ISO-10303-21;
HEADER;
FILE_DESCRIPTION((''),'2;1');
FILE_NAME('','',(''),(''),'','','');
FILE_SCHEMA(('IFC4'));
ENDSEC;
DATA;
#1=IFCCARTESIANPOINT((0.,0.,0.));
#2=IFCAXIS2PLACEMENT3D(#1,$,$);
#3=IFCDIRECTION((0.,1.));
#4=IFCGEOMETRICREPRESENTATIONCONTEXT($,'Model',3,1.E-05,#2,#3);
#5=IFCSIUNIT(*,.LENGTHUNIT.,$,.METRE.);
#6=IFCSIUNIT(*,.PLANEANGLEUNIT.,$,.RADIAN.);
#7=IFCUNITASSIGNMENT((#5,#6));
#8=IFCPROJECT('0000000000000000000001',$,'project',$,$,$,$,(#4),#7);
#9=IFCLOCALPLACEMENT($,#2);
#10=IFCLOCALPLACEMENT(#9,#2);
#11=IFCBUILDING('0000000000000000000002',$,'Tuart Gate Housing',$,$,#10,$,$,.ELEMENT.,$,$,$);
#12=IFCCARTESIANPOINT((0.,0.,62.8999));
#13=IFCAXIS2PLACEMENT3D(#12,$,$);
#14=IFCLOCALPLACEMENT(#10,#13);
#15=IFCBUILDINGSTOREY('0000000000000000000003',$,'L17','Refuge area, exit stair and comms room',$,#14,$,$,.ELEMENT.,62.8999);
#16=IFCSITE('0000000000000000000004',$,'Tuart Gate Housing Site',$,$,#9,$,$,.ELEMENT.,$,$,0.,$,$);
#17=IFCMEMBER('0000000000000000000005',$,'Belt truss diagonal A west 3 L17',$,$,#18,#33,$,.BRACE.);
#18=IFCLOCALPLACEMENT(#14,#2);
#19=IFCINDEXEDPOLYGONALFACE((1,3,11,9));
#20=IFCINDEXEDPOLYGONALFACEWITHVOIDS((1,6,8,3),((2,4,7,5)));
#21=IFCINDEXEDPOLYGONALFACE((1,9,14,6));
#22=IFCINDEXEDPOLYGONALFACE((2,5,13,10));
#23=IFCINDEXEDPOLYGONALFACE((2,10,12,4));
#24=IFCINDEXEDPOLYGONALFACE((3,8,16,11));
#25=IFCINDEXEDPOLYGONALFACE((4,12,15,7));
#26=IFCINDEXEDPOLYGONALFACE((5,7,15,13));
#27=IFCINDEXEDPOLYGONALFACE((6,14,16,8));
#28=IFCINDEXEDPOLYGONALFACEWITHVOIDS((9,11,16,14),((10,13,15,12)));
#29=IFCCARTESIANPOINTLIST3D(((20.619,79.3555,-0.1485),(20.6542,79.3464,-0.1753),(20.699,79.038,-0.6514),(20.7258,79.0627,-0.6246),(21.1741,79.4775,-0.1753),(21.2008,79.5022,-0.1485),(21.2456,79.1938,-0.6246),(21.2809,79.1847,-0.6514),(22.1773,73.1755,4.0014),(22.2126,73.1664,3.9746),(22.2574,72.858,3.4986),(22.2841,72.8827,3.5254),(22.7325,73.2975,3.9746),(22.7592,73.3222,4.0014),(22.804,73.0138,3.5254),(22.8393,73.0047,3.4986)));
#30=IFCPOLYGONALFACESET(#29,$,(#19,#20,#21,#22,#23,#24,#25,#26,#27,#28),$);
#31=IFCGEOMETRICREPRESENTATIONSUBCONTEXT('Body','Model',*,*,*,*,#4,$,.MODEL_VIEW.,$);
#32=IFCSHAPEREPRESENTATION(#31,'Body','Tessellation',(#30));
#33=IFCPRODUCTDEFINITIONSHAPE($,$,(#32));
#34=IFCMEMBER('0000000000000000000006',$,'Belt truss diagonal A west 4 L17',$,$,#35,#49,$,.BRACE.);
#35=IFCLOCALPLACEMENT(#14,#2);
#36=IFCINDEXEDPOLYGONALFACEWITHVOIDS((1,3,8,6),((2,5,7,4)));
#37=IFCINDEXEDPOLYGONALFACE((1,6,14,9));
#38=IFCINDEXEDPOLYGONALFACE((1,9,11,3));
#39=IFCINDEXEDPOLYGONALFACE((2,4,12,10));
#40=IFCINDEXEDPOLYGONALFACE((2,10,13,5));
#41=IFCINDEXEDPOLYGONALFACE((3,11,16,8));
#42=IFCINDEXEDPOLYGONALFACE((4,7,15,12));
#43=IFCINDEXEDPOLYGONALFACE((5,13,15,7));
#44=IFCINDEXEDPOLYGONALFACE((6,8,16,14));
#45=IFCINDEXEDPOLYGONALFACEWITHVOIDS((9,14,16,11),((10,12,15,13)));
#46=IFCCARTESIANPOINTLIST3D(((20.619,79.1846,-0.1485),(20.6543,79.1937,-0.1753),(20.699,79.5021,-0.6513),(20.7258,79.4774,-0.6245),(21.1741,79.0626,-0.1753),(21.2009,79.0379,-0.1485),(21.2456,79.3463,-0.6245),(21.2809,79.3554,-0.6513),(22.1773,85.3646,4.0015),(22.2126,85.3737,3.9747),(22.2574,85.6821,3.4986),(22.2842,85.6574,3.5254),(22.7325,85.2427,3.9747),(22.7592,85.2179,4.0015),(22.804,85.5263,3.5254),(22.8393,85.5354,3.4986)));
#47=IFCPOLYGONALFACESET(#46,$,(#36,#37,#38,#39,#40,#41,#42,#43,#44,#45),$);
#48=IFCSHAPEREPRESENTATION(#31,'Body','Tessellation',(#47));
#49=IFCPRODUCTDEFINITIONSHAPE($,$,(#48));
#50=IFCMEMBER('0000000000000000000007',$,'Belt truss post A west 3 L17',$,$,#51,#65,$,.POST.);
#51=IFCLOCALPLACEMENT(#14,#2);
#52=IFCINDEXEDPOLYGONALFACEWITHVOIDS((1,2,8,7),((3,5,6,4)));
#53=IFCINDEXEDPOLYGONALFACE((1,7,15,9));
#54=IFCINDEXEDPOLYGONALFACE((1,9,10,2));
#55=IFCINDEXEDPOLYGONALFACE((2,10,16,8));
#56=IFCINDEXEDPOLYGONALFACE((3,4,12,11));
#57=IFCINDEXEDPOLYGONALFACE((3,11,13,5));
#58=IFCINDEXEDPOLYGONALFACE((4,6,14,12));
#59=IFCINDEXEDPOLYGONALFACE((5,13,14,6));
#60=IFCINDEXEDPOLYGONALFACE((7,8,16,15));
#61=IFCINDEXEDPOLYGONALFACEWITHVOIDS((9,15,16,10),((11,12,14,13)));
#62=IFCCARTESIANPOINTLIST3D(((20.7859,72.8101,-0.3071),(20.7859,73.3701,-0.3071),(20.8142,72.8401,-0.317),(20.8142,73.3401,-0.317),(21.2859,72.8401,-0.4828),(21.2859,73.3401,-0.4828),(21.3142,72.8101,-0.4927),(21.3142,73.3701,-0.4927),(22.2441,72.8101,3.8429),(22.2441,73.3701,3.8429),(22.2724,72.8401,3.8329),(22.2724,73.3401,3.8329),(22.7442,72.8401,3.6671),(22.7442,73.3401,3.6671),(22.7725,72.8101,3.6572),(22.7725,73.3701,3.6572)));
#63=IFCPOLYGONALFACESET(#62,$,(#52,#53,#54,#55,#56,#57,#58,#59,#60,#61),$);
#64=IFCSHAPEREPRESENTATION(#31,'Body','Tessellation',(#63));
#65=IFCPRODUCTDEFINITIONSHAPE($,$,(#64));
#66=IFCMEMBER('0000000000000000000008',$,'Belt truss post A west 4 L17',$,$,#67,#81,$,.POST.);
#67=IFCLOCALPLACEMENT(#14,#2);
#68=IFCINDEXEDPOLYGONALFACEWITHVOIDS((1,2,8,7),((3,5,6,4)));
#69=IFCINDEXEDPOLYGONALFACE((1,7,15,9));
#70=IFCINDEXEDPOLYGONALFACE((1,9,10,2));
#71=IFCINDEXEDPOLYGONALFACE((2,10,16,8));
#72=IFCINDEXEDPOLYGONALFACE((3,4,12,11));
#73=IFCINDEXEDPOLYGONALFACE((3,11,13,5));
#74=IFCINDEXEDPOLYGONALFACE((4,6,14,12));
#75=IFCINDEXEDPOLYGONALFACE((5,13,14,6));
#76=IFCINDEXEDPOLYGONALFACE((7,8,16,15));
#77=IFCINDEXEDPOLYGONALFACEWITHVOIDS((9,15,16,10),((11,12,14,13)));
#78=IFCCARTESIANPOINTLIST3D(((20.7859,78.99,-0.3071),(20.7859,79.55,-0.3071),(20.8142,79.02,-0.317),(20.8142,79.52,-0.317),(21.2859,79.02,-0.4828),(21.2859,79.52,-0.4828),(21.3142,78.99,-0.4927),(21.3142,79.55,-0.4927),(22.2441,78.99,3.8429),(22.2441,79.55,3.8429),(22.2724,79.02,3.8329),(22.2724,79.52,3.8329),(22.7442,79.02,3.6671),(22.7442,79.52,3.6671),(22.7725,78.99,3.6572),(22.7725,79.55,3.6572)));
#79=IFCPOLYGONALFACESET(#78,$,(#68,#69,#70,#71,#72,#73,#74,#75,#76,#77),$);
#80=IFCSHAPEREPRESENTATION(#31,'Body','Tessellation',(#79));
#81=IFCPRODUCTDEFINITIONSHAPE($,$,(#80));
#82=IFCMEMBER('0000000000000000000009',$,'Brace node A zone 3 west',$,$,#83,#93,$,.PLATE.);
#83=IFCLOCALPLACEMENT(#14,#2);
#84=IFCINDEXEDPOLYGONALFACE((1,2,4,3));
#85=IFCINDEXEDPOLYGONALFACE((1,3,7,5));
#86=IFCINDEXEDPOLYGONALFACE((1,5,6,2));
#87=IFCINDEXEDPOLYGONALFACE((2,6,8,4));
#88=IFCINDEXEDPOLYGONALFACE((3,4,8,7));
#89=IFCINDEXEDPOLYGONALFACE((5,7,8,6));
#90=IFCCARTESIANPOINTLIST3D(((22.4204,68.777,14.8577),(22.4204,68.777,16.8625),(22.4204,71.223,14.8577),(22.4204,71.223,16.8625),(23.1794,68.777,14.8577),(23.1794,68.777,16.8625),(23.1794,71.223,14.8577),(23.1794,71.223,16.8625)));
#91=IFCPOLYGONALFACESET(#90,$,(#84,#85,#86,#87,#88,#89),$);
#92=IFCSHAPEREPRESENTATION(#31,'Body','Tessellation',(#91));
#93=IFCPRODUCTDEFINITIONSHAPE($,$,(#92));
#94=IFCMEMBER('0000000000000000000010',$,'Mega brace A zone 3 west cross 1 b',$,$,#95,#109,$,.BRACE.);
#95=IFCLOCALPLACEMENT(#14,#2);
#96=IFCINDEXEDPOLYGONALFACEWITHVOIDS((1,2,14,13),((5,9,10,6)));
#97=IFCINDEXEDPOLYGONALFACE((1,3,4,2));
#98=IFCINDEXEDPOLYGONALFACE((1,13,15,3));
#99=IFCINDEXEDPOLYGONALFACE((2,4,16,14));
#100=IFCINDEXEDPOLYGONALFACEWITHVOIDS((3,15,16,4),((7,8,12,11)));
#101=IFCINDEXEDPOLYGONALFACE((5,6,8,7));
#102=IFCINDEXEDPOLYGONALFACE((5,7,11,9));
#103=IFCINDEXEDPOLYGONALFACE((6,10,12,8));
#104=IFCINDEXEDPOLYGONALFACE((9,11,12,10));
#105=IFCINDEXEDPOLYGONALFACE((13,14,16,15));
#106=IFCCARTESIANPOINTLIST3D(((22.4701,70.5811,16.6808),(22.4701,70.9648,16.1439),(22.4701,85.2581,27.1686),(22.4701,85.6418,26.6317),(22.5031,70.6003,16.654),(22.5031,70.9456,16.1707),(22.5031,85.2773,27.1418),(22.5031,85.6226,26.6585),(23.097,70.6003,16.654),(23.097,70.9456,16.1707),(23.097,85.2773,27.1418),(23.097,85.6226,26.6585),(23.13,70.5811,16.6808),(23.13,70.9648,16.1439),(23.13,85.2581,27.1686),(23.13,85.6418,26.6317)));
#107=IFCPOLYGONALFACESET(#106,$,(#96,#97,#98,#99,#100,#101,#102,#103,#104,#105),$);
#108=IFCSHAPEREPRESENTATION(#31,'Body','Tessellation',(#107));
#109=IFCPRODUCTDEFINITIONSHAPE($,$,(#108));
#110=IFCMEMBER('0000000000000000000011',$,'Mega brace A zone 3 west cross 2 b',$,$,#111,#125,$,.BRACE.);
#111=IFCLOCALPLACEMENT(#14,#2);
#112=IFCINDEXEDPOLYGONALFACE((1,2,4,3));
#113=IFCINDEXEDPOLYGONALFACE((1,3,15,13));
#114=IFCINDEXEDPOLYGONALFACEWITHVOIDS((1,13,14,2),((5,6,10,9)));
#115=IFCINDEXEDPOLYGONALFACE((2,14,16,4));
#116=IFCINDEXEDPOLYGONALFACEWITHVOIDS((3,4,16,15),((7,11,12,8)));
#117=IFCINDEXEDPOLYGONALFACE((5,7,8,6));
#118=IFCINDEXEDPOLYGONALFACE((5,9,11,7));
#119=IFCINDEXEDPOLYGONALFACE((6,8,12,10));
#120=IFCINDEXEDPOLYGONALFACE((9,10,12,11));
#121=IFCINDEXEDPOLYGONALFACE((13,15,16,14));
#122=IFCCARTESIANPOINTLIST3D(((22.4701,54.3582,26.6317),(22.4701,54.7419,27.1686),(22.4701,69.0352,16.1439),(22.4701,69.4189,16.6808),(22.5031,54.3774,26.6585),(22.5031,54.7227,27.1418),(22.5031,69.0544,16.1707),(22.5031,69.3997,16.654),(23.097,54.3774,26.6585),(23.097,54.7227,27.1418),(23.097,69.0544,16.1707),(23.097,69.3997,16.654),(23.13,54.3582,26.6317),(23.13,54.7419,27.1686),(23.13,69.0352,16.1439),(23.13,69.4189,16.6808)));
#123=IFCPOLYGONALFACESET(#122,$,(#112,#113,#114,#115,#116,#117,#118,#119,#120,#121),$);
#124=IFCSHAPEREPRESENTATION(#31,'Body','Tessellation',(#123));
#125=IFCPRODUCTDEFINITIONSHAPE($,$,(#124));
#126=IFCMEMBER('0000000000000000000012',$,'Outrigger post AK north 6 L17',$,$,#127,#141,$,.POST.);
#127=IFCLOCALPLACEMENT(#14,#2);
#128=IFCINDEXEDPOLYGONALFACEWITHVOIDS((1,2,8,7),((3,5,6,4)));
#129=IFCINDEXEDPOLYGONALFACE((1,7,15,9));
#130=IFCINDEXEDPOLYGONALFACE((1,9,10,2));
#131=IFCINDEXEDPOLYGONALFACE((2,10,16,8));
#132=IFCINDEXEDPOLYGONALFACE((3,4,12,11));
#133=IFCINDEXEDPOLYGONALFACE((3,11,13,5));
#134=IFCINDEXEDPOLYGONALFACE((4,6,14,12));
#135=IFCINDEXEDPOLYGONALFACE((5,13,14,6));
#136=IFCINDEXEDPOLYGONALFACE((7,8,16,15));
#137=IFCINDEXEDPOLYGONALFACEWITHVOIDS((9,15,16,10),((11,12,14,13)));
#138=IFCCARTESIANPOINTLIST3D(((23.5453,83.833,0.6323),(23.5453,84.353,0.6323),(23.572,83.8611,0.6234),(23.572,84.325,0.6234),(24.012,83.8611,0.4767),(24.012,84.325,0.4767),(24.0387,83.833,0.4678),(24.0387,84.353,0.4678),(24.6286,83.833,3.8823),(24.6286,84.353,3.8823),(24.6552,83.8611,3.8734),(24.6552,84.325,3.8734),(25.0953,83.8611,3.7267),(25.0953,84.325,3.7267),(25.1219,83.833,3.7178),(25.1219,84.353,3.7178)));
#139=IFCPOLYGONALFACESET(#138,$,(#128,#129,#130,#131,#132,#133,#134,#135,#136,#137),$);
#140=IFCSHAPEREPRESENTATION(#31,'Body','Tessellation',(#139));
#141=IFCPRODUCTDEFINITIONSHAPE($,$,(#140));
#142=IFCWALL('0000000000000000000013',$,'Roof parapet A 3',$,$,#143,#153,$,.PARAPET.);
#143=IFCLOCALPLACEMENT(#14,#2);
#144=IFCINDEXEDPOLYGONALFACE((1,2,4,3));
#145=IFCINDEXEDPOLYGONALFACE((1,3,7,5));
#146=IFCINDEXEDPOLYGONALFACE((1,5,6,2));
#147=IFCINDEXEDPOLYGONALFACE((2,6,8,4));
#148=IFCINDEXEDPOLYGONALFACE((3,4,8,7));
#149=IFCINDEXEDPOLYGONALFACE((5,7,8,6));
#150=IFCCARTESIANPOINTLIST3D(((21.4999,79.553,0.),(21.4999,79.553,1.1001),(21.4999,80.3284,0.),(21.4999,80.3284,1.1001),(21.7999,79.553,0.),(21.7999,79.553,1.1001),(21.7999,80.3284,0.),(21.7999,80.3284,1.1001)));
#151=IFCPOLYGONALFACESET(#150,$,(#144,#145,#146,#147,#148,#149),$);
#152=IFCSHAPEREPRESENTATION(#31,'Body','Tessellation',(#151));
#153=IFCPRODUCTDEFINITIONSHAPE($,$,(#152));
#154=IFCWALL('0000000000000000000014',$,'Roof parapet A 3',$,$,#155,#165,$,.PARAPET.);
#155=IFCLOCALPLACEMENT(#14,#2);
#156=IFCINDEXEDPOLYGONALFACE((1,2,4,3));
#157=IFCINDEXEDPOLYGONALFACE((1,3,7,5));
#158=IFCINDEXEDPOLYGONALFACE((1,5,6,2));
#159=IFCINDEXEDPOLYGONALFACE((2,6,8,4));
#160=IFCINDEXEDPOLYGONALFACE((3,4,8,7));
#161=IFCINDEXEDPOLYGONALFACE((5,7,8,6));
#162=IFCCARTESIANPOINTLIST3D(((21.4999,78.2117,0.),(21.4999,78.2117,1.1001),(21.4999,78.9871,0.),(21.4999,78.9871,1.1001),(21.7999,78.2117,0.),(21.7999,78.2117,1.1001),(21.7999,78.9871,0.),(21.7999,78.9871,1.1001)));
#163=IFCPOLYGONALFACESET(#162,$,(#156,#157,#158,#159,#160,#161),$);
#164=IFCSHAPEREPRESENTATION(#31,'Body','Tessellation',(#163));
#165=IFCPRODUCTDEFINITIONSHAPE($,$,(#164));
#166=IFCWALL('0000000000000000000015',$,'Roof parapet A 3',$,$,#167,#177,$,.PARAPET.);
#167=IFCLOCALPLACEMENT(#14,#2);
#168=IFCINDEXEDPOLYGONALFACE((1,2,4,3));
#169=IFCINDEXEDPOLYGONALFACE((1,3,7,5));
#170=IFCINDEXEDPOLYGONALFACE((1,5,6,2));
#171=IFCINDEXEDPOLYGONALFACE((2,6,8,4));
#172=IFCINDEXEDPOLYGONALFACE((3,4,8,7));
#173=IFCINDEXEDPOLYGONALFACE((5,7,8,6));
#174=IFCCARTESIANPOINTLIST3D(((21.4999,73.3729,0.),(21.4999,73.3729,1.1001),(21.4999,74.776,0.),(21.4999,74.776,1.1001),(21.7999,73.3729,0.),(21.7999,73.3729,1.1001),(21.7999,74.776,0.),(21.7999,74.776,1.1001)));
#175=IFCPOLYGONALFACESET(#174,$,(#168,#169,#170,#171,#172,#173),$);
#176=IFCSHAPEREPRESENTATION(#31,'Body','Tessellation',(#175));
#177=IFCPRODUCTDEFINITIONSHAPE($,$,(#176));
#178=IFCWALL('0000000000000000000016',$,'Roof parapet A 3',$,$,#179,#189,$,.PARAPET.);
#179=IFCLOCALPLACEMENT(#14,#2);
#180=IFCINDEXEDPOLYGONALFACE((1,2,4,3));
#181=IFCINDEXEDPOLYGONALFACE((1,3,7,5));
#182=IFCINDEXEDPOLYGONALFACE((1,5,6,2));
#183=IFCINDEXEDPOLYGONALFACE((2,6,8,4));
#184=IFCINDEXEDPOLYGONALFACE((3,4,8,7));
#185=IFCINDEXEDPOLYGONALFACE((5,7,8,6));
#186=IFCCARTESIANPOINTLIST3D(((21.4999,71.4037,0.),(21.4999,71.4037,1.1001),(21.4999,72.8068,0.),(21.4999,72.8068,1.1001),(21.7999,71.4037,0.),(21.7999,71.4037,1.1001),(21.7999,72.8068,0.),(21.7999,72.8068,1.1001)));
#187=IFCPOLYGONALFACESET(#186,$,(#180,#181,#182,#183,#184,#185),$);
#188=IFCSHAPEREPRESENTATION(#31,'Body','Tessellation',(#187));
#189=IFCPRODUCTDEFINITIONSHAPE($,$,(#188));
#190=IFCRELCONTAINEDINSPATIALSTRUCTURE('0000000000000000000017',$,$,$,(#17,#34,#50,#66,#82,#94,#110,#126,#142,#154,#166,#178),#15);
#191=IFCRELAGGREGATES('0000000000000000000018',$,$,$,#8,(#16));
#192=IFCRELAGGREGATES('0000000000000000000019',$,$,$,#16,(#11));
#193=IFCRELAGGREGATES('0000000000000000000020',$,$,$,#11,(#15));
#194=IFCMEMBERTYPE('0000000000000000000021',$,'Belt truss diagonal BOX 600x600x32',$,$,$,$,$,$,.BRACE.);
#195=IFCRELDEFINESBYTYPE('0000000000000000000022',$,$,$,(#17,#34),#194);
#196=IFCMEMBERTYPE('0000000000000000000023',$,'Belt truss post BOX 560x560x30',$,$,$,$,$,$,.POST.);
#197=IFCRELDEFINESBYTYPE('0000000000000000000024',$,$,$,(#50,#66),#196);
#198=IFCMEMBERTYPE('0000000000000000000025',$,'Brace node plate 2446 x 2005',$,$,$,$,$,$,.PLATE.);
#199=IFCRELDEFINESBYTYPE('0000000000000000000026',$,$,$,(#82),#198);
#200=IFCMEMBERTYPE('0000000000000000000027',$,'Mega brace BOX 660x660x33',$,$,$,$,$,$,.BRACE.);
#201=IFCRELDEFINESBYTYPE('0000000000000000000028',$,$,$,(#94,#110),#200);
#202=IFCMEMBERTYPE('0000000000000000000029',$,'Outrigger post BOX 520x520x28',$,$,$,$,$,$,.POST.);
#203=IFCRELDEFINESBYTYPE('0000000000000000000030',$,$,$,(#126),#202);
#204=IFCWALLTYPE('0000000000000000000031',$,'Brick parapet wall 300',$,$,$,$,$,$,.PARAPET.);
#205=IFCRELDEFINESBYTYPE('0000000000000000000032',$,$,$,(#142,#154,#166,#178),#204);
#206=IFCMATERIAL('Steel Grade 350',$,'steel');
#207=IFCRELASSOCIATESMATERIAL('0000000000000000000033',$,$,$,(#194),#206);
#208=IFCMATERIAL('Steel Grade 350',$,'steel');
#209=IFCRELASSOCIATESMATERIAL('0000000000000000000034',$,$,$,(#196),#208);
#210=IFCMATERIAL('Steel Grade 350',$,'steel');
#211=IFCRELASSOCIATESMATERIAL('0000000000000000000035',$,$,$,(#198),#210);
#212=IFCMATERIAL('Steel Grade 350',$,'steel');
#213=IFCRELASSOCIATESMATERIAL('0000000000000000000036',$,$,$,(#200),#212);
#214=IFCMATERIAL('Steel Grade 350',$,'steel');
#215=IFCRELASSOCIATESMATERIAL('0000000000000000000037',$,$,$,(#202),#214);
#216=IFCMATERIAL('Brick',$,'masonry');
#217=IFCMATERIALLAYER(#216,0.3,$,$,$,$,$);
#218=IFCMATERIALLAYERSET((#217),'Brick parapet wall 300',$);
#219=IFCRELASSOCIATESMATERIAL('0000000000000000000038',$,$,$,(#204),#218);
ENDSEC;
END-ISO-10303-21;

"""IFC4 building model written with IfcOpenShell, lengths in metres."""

from ifc_helpers import new_model, si_unit, direction, frame, frame_2d, origin, origin_2d, place, context, subcontext, project, spatial, rectangle, hollow_rectangle, extrude, material, layer, layer_set, material_profile, profile_set, type_object, element, save


model = new_model("IFC4")

# Units and contexts
model_context = context("Model", 3, precision=1e-05, world=origin(), true_north=direction((0.0, 1.0)))
body_context = subcontext(model_context, "Body", "Model", "MODEL_VIEW")
ifc_project = project(units=[si_unit("LENGTHUNIT", "METRE"), si_unit("PLANEANGLEUNIT", "RADIAN")], contexts=[model_context])

# Site, building, storey
site_placement = place(None, origin())
site = spatial("IfcSite", under=ifc_project, at=site_placement, Name="Tuart Gate Housing Site", CompositionType="ELEMENT", RefElevation=0.0)
building_placement = place(site_placement, origin())
building = spatial("IfcBuilding", under=site, at=building_placement, Name="Tuart Gate Housing", CompositionType="ELEMENT")
storey_placement = place(building_placement, frame((0.0, 0.0, 62.8999)))
storey = spatial("IfcBuildingStorey", under=building, at=storey_placement, Name="L17", Description="Refuge area, exit stair and comms room", CompositionType="ELEMENT", Elevation=62.8999)

# Members
ifc_material_1 = material(Name="Steel Grade 350", Category="steel")
ifc_material_profile_1 = material_profile(ifc_material_1, hollow_rectangle(XDim=0.6001, YDim=0.6001, WallThickness=0.032, at=origin_2d()), Name="BOX 600x600x32")
ifc_profile_set_1 = profile_set([ifc_material_profile_1], Name="Steel Grade 350")
member_type_1 = type_object("IfcMemberType", Name="Belt truss diagonal BOX 600x600x32", PredefinedType="BRACE", material=ifc_profile_set_1)
for number, where, z_axis, x_axis, name in (
    (1, (22.5083, 73.0901, 3.75), (-0.204901, 0.812574, -0.545654), (-0.969647, -0.244509, 0.0), "Belt truss diagonal A west 3 L17"),
    (2, (20.95, 79.27, -0.3999), (0.204901, 0.812574, 0.545654), (-0.969647, 0.244509, 0.0), "Belt truss diagonal A west 4 L17"),
):
    element("IfcMember", number, at=place(storey_placement, frame(where, z_axis=z_axis, x_axis=x_axis)), inside=storey, type_object=member_type_1, Name=name, PredefinedType="BRACE", context=body_context, shape_type="SweptSolid", body=[
        extrude(hollow_rectangle(XDim=0.6001, YDim=0.6001, WallThickness=0.032, at=origin_2d()), origin(), (0.0, 0.0, 1.0), 7.6055),
    ])
ifc_material_2 = material(Name="Steel Grade 350", Category="steel")
ifc_material_profile_2 = material_profile(ifc_material_2, hollow_rectangle(XDim=0.5601, YDim=0.5601, WallThickness=0.03, at=origin_2d()), Name="BOX 560x560x30")
ifc_profile_set_2 = profile_set([ifc_material_profile_2], Name="Steel Grade 350")
member_type_2 = type_object("IfcMemberType", Name="Belt truss post BOX 560x560x30", PredefinedType="POST", material=ifc_profile_set_2)
for number, where, z_axis, x_axis, name in (
    (3, (21.05, 73.0901, -0.3999), (0.331522, 0.0, 0.943447), (0.0, 1.0, 0.0), "Belt truss post A west 3 L17"),
    (4, (21.05, 79.27, -0.3999), (0.331522, 0.0, 0.943447), (0.0, 1.0, 0.0), "Belt truss post A west 4 L17"),
):
    element("IfcMember", number, at=place(storey_placement, frame(where, z_axis=z_axis, x_axis=x_axis)), inside=storey, type_object=member_type_2, Name=name, PredefinedType="POST", context=body_context, shape_type="SweptSolid", body=[
        extrude(hollow_rectangle(XDim=0.5601, YDim=0.5601, WallThickness=0.03, at=origin_2d()), origin(), (0.0, 0.0, 1.0), 4.3987),
    ])
ifc_material_3 = material(Name="Steel Grade 350", Category="steel")
ifc_material_profile_3 = material_profile(ifc_material_3, rectangle(XDim=2.446, YDim=2.0049, at=origin_2d()), Name="Brace node plate 2446 x 2005")
ifc_profile_set_3 = profile_set([ifc_material_profile_3], Name="Steel Grade 350")
member_type_3 = type_object("IfcMemberType", Name="Brace node plate 2446 x 2005", PredefinedType="PLATE", material=ifc_profile_set_3)
member_1_placement = place(storey_placement, frame((22.4204, 70.0, 15.8601), z_axis=(1.0, 0.0, 0.0), x_axis=(0.0, 1.0, 0.0)))
element("IfcMember", 5, at=member_1_placement, inside=storey, type_object=member_type_3, Name="Brace node A zone 3 west", PredefinedType="PLATE", context=body_context, shape_type="SweptSolid", body=[
    extrude(rectangle(XDim=2.446, YDim=2.0049, at=origin_2d()), origin(), (0.0, 0.0, 1.0), 0.759),
])
ifc_material_4 = material(Name="Steel Grade 350", Category="steel")
ifc_material_profile_4 = material_profile(ifc_material_4, hollow_rectangle(XDim=0.6599, YDim=0.6599, WallThickness=0.033, at=origin_2d()), Name="BOX 660x660x33")
ifc_profile_set_4 = profile_set([ifc_material_profile_4], Name="Steel Grade 350")
member_type_4 = type_object("IfcMemberType", Name="Mega brace BOX 660x660x33", PredefinedType="BRACE", material=ifc_profile_set_4)
for number, where, z_axis, x_axis, name in (
    (6, (22.8, 70.7729, 16.4124), (0.0, 0.813623, 0.581393), (-1.0, 0.0, 0.0), "Mega brace A zone 3 west cross 1 b"),
    (7, (22.8, 69.2271, 16.4124), (0.0, -0.813623, 0.581393), (1.0, 0.0, 0.0), "Mega brace A zone 3 west cross 2 b"),
):
    element("IfcMember", number, at=place(storey_placement, frame(where, z_axis=z_axis, x_axis=x_axis)), inside=storey, type_object=member_type_4, Name=name, PredefinedType="BRACE", context=body_context, shape_type="SweptSolid", body=[
        extrude(hollow_rectangle(XDim=0.6599, YDim=0.6599, WallThickness=0.033, at=origin_2d()), origin(), (0.0, 0.0, 1.0), 18.0391),
    ])
ifc_material_5 = material(Name="Steel Grade 350", Category="steel")
ifc_material_profile_5 = material_profile(ifc_material_5, hollow_rectangle(XDim=0.52, YDim=0.52, WallThickness=0.0281, at=origin_2d()), Name="BOX 520x520x28")
ifc_profile_set_5 = profile_set([ifc_material_profile_5], Name="Steel Grade 350")
member_type_5 = type_object("IfcMemberType", Name="Outrigger post BOX 520x520x28", PredefinedType="POST", material=ifc_profile_set_5)
member_2_placement = place(storey_placement, frame((23.792, 84.093, 0.55), z_axis=(0.316206, 0.0, 0.94869), x_axis=(0.0, 1.0, 0.0)))
element("IfcMember", 8, at=member_2_placement, inside=storey, type_object=member_type_5, Name="Outrigger post AK north 6 L17", PredefinedType="POST", context=body_context, shape_type="SweptSolid", body=[
    extrude(hollow_rectangle(XDim=0.52, YDim=0.52, WallThickness=0.0281, at=origin_2d()), origin(), (0.0, 0.0, 1.0), 3.4258),
])

# Walls
ifc_material_6 = material(Name="Brick", Category="masonry")
ifc_layer_1 = layer(ifc_material_6, 0.3)
ifc_layer_set_1 = layer_set([ifc_layer_1], Name="Brick parapet wall 300")
wall_type_1 = type_object("IfcWallType", Name="Brick parapet wall 300", PredefinedType="PARAPET", material=ifc_layer_set_1)
for number, where, z_axis, x_axis, name in (
    (9, (21.6499, 80.3284, 0.0), (0.0, 0.0, 1.0), (0.0, -1.0, 0.0), "Roof parapet A 3"),
    (10, (21.6499, 78.9871, 0.0), (0.0, 0.0, 1.0), (0.0, -1.0, 0.0), "Roof parapet A 3"),
):
    element("IfcWall", number, at=place(storey_placement, frame(where, z_axis=z_axis, x_axis=x_axis)), inside=storey, type_object=wall_type_1, Name=name, PredefinedType="PARAPET", context=body_context, shape_type="SweptSolid", body=[
        extrude(rectangle(XDim=0.7754, YDim=0.3, at=frame_2d((0.3877, 0.0))), origin(), (0.0, 0.0, 1.0), 1.1001),
    ])
for number, where, z_axis, x_axis, name in (
    (11, (21.6499, 74.7761, 0.0), (0.0, 0.0, 1.0), (0.0, -1.0, 0.0), "Roof parapet A 3"),
    (12, (21.6499, 72.8069, 0.0), (0.0, 0.0, 1.0), (0.0, -1.0, 0.0), "Roof parapet A 3"),
):
    element("IfcWall", number, at=place(storey_placement, frame(where, z_axis=z_axis, x_axis=x_axis)), inside=storey, type_object=wall_type_1, Name=name, PredefinedType="PARAPET", context=body_context, shape_type="SweptSolid", body=[
        extrude(rectangle(XDim=1.4031, YDim=0.3, at=frame_2d((0.7017, 0.0))), origin(), (0.0, 0.0, 1.0), 1.1001),
    ])

save(model, "model.ifc")
